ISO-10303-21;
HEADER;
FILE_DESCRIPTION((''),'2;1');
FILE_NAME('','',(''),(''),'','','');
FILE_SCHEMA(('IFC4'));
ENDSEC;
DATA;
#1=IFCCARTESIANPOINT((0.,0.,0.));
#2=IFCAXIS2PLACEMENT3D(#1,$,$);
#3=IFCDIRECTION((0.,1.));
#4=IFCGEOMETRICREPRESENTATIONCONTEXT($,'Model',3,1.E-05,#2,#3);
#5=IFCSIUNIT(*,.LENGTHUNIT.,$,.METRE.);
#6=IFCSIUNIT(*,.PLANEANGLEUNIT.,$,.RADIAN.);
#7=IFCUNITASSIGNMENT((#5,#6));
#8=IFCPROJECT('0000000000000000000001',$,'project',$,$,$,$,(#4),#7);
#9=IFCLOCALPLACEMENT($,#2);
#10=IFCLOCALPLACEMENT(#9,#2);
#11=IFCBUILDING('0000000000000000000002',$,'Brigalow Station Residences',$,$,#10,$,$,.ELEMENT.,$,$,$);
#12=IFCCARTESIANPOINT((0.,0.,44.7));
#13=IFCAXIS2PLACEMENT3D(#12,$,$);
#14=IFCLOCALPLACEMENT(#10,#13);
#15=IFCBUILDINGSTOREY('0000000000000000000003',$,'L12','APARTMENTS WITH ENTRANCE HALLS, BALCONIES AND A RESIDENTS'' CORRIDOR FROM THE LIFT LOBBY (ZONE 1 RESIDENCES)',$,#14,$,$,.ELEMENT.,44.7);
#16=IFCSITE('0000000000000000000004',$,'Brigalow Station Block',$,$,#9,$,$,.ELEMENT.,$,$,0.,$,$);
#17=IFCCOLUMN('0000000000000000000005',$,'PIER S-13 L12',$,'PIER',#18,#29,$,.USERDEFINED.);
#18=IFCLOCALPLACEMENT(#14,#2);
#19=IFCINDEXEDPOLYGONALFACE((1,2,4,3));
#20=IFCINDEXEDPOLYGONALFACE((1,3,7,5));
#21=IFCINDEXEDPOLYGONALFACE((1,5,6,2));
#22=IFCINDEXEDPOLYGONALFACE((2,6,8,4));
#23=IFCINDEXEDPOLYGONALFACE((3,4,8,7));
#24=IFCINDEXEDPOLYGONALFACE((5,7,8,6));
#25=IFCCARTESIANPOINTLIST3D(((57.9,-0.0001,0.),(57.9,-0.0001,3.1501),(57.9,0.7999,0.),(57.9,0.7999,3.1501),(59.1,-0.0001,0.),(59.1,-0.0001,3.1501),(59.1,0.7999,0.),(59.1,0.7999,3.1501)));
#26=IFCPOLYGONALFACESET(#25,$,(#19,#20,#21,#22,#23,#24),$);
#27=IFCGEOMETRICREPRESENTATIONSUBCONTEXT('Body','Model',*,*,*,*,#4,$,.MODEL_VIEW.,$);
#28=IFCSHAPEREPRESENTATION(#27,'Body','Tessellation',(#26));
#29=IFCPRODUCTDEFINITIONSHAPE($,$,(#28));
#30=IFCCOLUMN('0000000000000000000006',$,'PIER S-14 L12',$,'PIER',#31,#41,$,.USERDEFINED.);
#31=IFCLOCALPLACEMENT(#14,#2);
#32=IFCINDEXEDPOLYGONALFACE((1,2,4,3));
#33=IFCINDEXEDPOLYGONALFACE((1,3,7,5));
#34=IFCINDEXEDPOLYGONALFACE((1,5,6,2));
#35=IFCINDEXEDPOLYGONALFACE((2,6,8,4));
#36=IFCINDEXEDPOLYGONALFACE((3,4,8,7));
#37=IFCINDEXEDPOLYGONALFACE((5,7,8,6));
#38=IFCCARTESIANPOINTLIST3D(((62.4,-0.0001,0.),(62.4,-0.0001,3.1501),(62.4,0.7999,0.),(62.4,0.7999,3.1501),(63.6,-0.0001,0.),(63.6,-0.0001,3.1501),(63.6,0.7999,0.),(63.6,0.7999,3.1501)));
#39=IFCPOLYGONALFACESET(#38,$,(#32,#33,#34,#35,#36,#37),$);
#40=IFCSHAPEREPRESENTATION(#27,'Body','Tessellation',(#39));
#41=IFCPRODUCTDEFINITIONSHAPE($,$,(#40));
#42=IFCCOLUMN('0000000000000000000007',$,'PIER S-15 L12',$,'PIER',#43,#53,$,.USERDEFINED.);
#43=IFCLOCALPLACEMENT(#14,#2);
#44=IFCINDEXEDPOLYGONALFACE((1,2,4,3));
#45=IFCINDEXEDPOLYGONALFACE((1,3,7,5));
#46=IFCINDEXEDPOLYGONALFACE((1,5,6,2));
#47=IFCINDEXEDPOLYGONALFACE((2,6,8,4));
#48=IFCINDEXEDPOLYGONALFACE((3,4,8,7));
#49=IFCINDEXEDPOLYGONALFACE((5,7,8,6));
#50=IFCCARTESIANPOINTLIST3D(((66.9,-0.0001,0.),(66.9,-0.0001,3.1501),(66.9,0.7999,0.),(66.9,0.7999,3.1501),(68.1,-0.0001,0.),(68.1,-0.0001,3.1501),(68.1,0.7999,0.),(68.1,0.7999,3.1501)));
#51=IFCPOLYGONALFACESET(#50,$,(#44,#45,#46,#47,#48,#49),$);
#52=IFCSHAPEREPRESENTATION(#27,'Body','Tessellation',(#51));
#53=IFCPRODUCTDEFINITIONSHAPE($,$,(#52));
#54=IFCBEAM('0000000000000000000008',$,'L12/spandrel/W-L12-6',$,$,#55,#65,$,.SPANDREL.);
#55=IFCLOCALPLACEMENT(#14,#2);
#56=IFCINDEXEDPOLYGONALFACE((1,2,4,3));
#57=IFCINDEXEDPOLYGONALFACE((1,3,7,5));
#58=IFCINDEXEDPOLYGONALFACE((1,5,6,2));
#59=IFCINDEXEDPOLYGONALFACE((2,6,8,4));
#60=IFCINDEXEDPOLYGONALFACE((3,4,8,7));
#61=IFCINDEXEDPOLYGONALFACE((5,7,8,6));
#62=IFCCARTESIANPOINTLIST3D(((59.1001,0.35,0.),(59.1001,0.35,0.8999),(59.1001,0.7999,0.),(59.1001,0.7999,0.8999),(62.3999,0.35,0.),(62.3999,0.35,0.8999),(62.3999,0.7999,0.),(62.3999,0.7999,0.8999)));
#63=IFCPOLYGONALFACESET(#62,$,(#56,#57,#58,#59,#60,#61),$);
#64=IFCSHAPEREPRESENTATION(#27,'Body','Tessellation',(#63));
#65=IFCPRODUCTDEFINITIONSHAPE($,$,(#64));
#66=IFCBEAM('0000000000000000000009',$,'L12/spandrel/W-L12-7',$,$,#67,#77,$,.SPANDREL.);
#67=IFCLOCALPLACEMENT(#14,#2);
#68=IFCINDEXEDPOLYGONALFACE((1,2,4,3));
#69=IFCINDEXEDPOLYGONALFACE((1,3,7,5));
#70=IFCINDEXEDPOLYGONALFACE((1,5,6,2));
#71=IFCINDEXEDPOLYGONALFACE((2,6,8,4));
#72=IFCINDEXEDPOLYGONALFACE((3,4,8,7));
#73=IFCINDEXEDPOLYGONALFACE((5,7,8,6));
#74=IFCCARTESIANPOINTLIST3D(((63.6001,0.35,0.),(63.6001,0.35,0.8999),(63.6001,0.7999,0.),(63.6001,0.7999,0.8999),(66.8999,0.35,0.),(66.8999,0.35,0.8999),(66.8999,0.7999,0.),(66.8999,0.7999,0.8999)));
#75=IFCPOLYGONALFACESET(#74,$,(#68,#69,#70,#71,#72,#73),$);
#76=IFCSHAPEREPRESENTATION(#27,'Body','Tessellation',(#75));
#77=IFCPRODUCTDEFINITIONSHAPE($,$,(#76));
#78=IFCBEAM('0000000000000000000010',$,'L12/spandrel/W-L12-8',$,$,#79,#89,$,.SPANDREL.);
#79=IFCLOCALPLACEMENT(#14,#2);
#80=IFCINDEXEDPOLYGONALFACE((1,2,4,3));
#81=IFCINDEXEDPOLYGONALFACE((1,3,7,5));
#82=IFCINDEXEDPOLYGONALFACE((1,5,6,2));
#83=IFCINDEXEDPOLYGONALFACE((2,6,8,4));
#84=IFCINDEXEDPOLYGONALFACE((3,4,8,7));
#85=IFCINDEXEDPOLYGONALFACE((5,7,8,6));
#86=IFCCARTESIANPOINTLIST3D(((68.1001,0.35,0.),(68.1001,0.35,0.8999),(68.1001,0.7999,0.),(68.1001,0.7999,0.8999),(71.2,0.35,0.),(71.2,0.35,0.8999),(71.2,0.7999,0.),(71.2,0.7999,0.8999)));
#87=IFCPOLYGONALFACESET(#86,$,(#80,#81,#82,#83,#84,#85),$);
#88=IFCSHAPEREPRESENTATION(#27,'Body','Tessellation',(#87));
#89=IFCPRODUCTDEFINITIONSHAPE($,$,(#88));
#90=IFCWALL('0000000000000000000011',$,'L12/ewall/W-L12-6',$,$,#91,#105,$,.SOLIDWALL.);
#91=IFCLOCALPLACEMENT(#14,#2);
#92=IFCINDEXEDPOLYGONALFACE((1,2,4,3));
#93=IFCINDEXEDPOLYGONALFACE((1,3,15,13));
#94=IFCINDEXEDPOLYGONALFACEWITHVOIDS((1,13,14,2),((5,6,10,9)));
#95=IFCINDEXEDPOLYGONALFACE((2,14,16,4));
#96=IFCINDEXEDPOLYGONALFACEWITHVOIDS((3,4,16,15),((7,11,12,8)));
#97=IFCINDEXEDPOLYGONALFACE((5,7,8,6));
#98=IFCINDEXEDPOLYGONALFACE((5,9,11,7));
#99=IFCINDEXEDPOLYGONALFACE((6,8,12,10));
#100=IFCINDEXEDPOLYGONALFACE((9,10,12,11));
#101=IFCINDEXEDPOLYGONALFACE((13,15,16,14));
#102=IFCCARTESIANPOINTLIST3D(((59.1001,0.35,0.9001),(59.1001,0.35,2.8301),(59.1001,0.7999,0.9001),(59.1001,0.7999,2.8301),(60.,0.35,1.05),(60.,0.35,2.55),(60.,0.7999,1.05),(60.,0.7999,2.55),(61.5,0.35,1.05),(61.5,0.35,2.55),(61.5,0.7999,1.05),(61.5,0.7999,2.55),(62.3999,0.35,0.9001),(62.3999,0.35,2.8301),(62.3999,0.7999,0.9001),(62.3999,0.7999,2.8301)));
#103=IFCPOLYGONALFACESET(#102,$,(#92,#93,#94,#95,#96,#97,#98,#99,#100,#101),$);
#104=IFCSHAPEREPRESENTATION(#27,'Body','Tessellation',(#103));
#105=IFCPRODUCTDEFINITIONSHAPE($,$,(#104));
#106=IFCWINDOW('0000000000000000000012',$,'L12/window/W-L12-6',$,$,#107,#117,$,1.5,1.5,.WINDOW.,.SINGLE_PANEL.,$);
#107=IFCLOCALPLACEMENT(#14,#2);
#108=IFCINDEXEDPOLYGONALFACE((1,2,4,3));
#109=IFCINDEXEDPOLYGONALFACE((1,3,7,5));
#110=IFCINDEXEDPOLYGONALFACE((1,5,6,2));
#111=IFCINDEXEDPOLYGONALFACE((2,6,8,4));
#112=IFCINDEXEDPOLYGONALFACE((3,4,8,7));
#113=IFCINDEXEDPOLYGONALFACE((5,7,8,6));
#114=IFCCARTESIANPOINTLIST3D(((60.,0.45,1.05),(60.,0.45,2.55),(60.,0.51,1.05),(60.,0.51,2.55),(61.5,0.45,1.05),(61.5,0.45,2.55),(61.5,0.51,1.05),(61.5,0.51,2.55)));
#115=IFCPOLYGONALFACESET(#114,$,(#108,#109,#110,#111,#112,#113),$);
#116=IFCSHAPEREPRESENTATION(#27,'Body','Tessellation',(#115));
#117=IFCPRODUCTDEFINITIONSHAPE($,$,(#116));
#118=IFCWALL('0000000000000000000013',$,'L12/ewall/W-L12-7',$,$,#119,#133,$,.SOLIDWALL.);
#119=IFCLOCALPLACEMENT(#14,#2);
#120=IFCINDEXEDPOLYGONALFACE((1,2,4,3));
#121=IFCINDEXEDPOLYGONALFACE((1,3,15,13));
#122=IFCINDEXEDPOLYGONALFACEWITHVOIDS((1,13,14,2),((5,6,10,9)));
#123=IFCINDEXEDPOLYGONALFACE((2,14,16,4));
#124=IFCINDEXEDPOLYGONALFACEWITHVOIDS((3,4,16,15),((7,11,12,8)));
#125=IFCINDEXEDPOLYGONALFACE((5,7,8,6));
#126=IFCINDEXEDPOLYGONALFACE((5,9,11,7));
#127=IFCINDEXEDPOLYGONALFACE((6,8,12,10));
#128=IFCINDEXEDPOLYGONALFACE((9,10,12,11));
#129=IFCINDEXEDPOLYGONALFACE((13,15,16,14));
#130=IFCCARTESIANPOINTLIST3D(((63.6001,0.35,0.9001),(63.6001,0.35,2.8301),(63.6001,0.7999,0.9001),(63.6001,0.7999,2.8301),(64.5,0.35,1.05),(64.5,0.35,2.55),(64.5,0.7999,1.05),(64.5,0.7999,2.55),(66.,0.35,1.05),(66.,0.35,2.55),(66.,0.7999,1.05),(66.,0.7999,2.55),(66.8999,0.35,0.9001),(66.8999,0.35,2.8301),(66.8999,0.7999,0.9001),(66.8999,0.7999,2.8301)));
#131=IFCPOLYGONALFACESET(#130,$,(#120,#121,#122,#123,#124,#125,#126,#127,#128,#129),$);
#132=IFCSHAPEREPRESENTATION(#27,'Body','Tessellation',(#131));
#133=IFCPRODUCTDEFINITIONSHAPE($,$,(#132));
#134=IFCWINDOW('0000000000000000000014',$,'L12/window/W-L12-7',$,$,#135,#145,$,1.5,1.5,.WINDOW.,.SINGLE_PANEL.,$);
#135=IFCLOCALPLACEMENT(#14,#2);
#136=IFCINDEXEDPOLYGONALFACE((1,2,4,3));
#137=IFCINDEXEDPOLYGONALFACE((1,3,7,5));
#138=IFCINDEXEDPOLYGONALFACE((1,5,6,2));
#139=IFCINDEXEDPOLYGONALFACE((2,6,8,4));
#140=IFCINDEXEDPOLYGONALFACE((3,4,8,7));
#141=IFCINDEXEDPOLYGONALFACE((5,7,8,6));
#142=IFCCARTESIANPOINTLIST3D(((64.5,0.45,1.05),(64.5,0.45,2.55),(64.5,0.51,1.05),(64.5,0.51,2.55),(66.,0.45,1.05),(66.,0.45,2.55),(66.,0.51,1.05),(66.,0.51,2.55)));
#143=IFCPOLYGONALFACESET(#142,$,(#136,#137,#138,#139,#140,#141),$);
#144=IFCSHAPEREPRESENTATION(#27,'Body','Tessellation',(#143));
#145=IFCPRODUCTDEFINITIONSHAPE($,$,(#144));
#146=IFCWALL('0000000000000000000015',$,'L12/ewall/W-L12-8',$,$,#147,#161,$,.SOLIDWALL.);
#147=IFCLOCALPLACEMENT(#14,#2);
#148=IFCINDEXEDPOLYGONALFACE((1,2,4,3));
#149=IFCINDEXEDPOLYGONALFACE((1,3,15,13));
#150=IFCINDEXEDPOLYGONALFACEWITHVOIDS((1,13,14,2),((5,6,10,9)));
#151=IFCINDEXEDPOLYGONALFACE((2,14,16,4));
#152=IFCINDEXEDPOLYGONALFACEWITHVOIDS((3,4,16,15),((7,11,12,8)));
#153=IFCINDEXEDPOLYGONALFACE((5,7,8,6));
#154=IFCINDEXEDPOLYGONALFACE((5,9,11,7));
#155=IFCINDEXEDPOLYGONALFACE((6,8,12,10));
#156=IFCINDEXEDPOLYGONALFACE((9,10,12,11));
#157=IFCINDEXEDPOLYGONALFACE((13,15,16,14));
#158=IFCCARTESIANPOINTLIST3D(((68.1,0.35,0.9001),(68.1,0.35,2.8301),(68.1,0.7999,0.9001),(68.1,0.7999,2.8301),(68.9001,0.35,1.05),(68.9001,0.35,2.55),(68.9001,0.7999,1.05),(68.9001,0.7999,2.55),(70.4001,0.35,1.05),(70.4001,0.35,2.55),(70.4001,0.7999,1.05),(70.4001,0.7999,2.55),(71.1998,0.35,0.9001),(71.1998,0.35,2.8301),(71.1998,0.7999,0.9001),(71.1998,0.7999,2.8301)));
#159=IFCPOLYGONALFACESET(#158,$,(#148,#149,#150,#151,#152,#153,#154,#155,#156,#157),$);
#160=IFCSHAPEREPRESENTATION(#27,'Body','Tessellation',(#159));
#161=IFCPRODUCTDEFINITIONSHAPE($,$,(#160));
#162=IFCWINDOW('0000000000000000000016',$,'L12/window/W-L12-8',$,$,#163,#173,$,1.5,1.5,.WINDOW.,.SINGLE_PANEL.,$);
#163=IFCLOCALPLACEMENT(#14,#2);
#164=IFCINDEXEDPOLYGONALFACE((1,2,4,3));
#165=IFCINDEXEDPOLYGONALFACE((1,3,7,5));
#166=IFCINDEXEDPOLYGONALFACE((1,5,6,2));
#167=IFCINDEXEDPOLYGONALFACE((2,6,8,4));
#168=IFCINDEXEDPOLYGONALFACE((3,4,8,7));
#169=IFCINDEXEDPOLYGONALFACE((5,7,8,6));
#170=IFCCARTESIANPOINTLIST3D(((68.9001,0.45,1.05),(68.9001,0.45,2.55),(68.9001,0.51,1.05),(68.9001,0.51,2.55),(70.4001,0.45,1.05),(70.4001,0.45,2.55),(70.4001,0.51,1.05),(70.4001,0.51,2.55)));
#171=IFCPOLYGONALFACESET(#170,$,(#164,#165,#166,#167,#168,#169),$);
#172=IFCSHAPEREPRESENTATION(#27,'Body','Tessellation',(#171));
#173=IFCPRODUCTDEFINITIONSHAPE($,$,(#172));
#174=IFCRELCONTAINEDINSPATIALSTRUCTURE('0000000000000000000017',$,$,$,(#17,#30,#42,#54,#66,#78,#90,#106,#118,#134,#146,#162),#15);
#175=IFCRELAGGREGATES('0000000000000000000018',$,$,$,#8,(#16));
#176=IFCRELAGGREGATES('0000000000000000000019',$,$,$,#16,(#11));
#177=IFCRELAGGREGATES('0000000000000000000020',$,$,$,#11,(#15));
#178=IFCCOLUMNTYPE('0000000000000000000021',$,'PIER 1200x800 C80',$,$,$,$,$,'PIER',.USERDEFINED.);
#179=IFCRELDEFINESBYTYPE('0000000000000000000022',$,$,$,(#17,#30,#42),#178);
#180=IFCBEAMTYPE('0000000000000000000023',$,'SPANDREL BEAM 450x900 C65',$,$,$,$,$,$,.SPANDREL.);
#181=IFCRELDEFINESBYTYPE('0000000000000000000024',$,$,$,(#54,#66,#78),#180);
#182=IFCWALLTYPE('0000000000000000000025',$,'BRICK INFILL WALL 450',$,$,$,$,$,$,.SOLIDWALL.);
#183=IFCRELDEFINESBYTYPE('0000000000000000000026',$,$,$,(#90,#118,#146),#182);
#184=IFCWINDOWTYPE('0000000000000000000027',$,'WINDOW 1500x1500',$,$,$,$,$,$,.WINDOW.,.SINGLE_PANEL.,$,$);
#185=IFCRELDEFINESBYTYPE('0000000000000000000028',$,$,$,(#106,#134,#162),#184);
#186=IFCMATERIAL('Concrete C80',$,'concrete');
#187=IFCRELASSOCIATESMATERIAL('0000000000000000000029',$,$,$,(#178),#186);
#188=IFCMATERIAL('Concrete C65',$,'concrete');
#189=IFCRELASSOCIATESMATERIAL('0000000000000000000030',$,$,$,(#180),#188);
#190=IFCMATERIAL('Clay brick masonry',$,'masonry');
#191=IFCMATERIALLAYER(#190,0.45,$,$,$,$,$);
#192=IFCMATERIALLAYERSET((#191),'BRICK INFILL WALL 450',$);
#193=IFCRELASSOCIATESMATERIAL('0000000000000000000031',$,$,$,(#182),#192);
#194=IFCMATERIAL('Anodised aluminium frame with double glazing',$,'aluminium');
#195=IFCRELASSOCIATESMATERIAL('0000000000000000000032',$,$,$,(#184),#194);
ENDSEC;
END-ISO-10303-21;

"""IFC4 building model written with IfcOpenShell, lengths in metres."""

from ifc_helpers import new_model, si_unit, direction, frame, frame_2d, origin, origin_2d, place, context, subcontext, project, spatial, rectangle, extrude, material, layer, layer_set, material_profile, profile_set, type_object, element, fill, save


model = new_model("IFC4")

# Units and contexts
model_context = context("Model", 3, precision=1e-05, world=origin(), true_north=direction((0.0, 1.0)))
body_context = subcontext(model_context, "Body", "Model", "MODEL_VIEW")
ifc_project = project(units=[si_unit("LENGTHUNIT", "METRE"), si_unit("PLANEANGLEUNIT", "RADIAN")], contexts=[model_context])

# Site, building, storey
site_placement = place(None, origin())
site = spatial("IfcSite", under=ifc_project, at=site_placement, Name="Brigalow Station Block", CompositionType="ELEMENT", RefElevation=0.0)
building_placement = place(site_placement, origin())
building = spatial("IfcBuilding", under=site, at=building_placement, Name="Brigalow Station Residences", CompositionType="ELEMENT")
storey_placement = place(building_placement, frame((0.0, 0.0, 44.7)))
storey = spatial("IfcBuildingStorey", under=building, at=storey_placement, Name="L12", Description="APARTMENTS WITH ENTRANCE HALLS, BALCONIES AND A RESIDENTS' CORRIDOR FROM THE LIFT LOBBY (ZONE 1 RESIDENCES)", CompositionType="ELEMENT", Elevation=44.7)

# Columns
ifc_material_1 = material(Name="Concrete C80", Category="concrete")
ifc_material_profile_1 = material_profile(ifc_material_1, rectangle(XDim=1.2, YDim=0.8, at=origin_2d()), Name="RC1200x800")
ifc_profile_set_1 = profile_set([ifc_material_profile_1], Name="Concrete C80")
column_type = type_object("IfcColumnType", Name="PIER 1200x800 C80", ElementType="PIER", PredefinedType="USERDEFINED", material=ifc_profile_set_1)
for number, where, z_axis, x_axis, name in (
    (1, (58.5, 0.3999, 0.0), (0.0, 0.0, 1.0), (1.0, 0.0, 0.0), "PIER S-13 L12"),
    (2, (63.0, 0.3999, 0.0), (0.0, 0.0, 1.0), (1.0, 0.0, 0.0), "PIER S-14 L12"),
    (3, (67.5, 0.3999, 0.0), (0.0, 0.0, 1.0), (1.0, 0.0, 0.0), "PIER S-15 L12"),
):
    element("IfcColumn", number, at=place(storey_placement, frame(where, z_axis=z_axis, x_axis=x_axis)), inside=storey, type_object=column_type, Name=name, ObjectType="PIER", PredefinedType="USERDEFINED", context=body_context, shape_type="SweptSolid", body=[
        extrude(rectangle(XDim=1.2, YDim=0.8, at=origin_2d()), origin(), (0.0, 0.0, 1.0), 3.1501),
    ])

# Beams
ifc_material_2 = material(Name="Concrete C65", Category="concrete")
ifc_material_profile_2 = material_profile(ifc_material_2, rectangle(XDim=0.45, YDim=0.8999, at=origin_2d()), Name="RC450x900")
ifc_profile_set_2 = profile_set([ifc_material_profile_2], Name="Concrete C65")
beam_type = type_object("IfcBeamType", Name="SPANDREL BEAM 450x900 C65", PredefinedType="SPANDREL", material=ifc_profile_set_2)
for number, where, z_axis, x_axis, name in (
    (4, (59.1001, 0.575, 0.45), (1.0, 0.0, 0.0), (0.0, 1.0, 0.0), "L12/spandrel/W-L12-6"),
    (5, (63.6001, 0.575, 0.45), (1.0, 0.0, 0.0), (0.0, 1.0, 0.0), "L12/spandrel/W-L12-7"),
):
    element("IfcBeam", number, at=place(storey_placement, frame(where, z_axis=z_axis, x_axis=x_axis)), inside=storey, type_object=beam_type, Name=name, PredefinedType="SPANDREL", context=body_context, shape_type="SweptSolid", body=[
        extrude(rectangle(XDim=0.45, YDim=0.8999, at=origin_2d()), origin(), (0.0, 0.0, 1.0), 3.2998),
    ])
beam_placement = place(storey_placement, frame((68.1001, 0.575, 0.45), z_axis=(1.0, 0.0, 0.0), x_axis=(0.0, 1.0, 0.0)))
element("IfcBeam", 6, at=beam_placement, inside=storey, type_object=beam_type, Name="L12/spandrel/W-L12-8", PredefinedType="SPANDREL", context=body_context, shape_type="SweptSolid", body=[
    extrude(rectangle(XDim=0.45, YDim=0.8999, at=origin_2d()), origin(), (0.0, 0.0, 1.0), 3.0999),
])

# Walls, openings, windows
ifc_material_3 = material(Name="Clay brick masonry", Category="masonry")
ifc_layer_1 = layer(ifc_material_3, 0.45)
ifc_layer_set_1 = layer_set([ifc_layer_1], Name="BRICK INFILL WALL 450")
wall_type_1 = type_object("IfcWallType", Name="BRICK INFILL WALL 450", PredefinedType="SOLIDWALL", material=ifc_layer_set_1)
wall_1_placement = place(storey_placement, frame((59.1001, 0.575, 0.9001), z_axis=(0.0, 0.0, 1.0), x_axis=(1.0, 0.0, 0.0)))
wall_1 = element("IfcWall", 7, at=wall_1_placement, inside=storey, type_object=wall_type_1, Name="L12/ewall/W-L12-6", PredefinedType="SOLIDWALL", context=body_context, shape_type="SweptSolid", body=[
    extrude(rectangle(XDim=3.2998, YDim=0.45, at=frame_2d((1.6499, 0.0))), origin(), (0.0, 0.0, 1.0), 1.9299),
])
opening_1_placement = place(wall_1_placement, frame((0.8999, 0.0, 0.1499)))
opening_1 = element("IfcOpeningElement", 8, at=opening_1_placement, cuts=wall_1, PredefinedType="OPENING", context=body_context, shape_type="SweptSolid", body=[
    extrude(rectangle(XDim=1.5, YDim=1.5, at=frame_2d((0.75, 0.75))), frame((0.0, 0.2349, 0.0), z_axis=(0.0, -1.0, 0.0), x_axis=(1.0, 0.0, 0.0)), (0.0, 0.0, 1.0), 0.47),
])
ifc_material_4 = material(Name="Anodised aluminium frame with double glazing", Category="aluminium")
window_type = type_object("IfcWindowType", Name="WINDOW 1500x1500", PartitioningType="SINGLE_PANEL", PredefinedType="WINDOW", material=ifc_material_4)
window_1_placement = place(opening_1_placement, origin())
window_1 = element("IfcWindow", 9, at=window_1_placement, inside=storey, type_object=window_type, Name="L12/window/W-L12-6", OverallHeight=1.5, OverallWidth=1.5, PartitioningType="SINGLE_PANEL", PredefinedType="WINDOW", context=body_context, shape_type="SweptSolid", body=[
    extrude(rectangle(XDim=1.5, YDim=1.5, at=frame_2d((0.75, 0.75))), frame((0.0, -0.0649, 0.0), z_axis=(0.0, -1.0, 0.0), x_axis=(1.0, 0.0, 0.0)), (0.0, 0.0, 1.0), 0.0601),
])
fill(opening_1, window_1)
wall_2_placement = place(storey_placement, frame((63.6001, 0.575, 0.9001), z_axis=(0.0, 0.0, 1.0), x_axis=(1.0, 0.0, 0.0)))
wall_2 = element("IfcWall", 10, at=wall_2_placement, inside=storey, type_object=wall_type_1, Name="L12/ewall/W-L12-7", PredefinedType="SOLIDWALL", context=body_context, shape_type="SweptSolid", body=[
    extrude(rectangle(XDim=3.2998, YDim=0.45, at=frame_2d((1.6499, 0.0))), origin(), (0.0, 0.0, 1.0), 1.9299),
])
opening_2_placement = place(wall_2_placement, frame((0.8999, 0.0, 0.1499)))
opening_2 = element("IfcOpeningElement", 11, at=opening_2_placement, cuts=wall_2, PredefinedType="OPENING", context=body_context, shape_type="SweptSolid", body=[
    extrude(rectangle(XDim=1.5, YDim=1.5, at=frame_2d((0.75, 0.75))), frame((0.0, 0.2349, 0.0), z_axis=(0.0, -1.0, 0.0), x_axis=(1.0, 0.0, 0.0)), (0.0, 0.0, 1.0), 0.47),
])
window_2_placement = place(opening_2_placement, origin())
window_2 = element("IfcWindow", 12, at=window_2_placement, inside=storey, type_object=window_type, Name="L12/window/W-L12-7", OverallHeight=1.5, OverallWidth=1.5, PartitioningType="SINGLE_PANEL", PredefinedType="WINDOW", context=body_context, shape_type="SweptSolid", body=[
    extrude(rectangle(XDim=1.5, YDim=1.5, at=frame_2d((0.75, 0.75))), frame((0.0, -0.0649, 0.0), z_axis=(0.0, -1.0, 0.0), x_axis=(1.0, 0.0, 0.0)), (0.0, 0.0, 1.0), 0.0601),
])
fill(opening_2, window_2)
wall_3_placement = place(storey_placement, frame((68.1001, 0.575, 0.9001), z_axis=(0.0, 0.0, 1.0), x_axis=(1.0, 0.0, 0.0)))
wall_3 = element("IfcWall", 13, at=wall_3_placement, inside=storey, type_object=wall_type_1, Name="L12/ewall/W-L12-8", PredefinedType="SOLIDWALL", context=body_context, shape_type="SweptSolid", body=[
    extrude(rectangle(XDim=3.0999, YDim=0.45, at=frame_2d((1.5498, 0.0))), origin(), (0.0, 0.0, 1.0), 1.9299),
])
opening_3_placement = place(wall_3_placement, frame((0.8, 0.0, 0.1499)))
opening_3 = element("IfcOpeningElement", 14, at=opening_3_placement, cuts=wall_3, PredefinedType="OPENING", context=body_context, shape_type="SweptSolid", body=[
    extrude(rectangle(XDim=1.5, YDim=1.5, at=frame_2d((0.75, 0.75))), frame((0.0, 0.2349, 0.0), z_axis=(0.0, -1.0, 0.0), x_axis=(1.0, 0.0, 0.0)), (0.0, 0.0, 1.0), 0.47),
])
window_3_placement = place(opening_3_placement, origin())
window_3 = element("IfcWindow", 15, at=window_3_placement, inside=storey, type_object=window_type, Name="L12/window/W-L12-8", OverallHeight=1.5, OverallWidth=1.5, PartitioningType="SINGLE_PANEL", PredefinedType="WINDOW", context=body_context, shape_type="SweptSolid", body=[
    extrude(rectangle(XDim=1.5, YDim=1.5, at=frame_2d((0.75, 0.75))), frame((0.0, -0.0649, 0.0), z_axis=(0.0, -1.0, 0.0), x_axis=(1.0, 0.0, 0.0)), (0.0, 0.0, 1.0), 0.0601),
])
fill(opening_3, window_3)

save(model, "model.ifc")
